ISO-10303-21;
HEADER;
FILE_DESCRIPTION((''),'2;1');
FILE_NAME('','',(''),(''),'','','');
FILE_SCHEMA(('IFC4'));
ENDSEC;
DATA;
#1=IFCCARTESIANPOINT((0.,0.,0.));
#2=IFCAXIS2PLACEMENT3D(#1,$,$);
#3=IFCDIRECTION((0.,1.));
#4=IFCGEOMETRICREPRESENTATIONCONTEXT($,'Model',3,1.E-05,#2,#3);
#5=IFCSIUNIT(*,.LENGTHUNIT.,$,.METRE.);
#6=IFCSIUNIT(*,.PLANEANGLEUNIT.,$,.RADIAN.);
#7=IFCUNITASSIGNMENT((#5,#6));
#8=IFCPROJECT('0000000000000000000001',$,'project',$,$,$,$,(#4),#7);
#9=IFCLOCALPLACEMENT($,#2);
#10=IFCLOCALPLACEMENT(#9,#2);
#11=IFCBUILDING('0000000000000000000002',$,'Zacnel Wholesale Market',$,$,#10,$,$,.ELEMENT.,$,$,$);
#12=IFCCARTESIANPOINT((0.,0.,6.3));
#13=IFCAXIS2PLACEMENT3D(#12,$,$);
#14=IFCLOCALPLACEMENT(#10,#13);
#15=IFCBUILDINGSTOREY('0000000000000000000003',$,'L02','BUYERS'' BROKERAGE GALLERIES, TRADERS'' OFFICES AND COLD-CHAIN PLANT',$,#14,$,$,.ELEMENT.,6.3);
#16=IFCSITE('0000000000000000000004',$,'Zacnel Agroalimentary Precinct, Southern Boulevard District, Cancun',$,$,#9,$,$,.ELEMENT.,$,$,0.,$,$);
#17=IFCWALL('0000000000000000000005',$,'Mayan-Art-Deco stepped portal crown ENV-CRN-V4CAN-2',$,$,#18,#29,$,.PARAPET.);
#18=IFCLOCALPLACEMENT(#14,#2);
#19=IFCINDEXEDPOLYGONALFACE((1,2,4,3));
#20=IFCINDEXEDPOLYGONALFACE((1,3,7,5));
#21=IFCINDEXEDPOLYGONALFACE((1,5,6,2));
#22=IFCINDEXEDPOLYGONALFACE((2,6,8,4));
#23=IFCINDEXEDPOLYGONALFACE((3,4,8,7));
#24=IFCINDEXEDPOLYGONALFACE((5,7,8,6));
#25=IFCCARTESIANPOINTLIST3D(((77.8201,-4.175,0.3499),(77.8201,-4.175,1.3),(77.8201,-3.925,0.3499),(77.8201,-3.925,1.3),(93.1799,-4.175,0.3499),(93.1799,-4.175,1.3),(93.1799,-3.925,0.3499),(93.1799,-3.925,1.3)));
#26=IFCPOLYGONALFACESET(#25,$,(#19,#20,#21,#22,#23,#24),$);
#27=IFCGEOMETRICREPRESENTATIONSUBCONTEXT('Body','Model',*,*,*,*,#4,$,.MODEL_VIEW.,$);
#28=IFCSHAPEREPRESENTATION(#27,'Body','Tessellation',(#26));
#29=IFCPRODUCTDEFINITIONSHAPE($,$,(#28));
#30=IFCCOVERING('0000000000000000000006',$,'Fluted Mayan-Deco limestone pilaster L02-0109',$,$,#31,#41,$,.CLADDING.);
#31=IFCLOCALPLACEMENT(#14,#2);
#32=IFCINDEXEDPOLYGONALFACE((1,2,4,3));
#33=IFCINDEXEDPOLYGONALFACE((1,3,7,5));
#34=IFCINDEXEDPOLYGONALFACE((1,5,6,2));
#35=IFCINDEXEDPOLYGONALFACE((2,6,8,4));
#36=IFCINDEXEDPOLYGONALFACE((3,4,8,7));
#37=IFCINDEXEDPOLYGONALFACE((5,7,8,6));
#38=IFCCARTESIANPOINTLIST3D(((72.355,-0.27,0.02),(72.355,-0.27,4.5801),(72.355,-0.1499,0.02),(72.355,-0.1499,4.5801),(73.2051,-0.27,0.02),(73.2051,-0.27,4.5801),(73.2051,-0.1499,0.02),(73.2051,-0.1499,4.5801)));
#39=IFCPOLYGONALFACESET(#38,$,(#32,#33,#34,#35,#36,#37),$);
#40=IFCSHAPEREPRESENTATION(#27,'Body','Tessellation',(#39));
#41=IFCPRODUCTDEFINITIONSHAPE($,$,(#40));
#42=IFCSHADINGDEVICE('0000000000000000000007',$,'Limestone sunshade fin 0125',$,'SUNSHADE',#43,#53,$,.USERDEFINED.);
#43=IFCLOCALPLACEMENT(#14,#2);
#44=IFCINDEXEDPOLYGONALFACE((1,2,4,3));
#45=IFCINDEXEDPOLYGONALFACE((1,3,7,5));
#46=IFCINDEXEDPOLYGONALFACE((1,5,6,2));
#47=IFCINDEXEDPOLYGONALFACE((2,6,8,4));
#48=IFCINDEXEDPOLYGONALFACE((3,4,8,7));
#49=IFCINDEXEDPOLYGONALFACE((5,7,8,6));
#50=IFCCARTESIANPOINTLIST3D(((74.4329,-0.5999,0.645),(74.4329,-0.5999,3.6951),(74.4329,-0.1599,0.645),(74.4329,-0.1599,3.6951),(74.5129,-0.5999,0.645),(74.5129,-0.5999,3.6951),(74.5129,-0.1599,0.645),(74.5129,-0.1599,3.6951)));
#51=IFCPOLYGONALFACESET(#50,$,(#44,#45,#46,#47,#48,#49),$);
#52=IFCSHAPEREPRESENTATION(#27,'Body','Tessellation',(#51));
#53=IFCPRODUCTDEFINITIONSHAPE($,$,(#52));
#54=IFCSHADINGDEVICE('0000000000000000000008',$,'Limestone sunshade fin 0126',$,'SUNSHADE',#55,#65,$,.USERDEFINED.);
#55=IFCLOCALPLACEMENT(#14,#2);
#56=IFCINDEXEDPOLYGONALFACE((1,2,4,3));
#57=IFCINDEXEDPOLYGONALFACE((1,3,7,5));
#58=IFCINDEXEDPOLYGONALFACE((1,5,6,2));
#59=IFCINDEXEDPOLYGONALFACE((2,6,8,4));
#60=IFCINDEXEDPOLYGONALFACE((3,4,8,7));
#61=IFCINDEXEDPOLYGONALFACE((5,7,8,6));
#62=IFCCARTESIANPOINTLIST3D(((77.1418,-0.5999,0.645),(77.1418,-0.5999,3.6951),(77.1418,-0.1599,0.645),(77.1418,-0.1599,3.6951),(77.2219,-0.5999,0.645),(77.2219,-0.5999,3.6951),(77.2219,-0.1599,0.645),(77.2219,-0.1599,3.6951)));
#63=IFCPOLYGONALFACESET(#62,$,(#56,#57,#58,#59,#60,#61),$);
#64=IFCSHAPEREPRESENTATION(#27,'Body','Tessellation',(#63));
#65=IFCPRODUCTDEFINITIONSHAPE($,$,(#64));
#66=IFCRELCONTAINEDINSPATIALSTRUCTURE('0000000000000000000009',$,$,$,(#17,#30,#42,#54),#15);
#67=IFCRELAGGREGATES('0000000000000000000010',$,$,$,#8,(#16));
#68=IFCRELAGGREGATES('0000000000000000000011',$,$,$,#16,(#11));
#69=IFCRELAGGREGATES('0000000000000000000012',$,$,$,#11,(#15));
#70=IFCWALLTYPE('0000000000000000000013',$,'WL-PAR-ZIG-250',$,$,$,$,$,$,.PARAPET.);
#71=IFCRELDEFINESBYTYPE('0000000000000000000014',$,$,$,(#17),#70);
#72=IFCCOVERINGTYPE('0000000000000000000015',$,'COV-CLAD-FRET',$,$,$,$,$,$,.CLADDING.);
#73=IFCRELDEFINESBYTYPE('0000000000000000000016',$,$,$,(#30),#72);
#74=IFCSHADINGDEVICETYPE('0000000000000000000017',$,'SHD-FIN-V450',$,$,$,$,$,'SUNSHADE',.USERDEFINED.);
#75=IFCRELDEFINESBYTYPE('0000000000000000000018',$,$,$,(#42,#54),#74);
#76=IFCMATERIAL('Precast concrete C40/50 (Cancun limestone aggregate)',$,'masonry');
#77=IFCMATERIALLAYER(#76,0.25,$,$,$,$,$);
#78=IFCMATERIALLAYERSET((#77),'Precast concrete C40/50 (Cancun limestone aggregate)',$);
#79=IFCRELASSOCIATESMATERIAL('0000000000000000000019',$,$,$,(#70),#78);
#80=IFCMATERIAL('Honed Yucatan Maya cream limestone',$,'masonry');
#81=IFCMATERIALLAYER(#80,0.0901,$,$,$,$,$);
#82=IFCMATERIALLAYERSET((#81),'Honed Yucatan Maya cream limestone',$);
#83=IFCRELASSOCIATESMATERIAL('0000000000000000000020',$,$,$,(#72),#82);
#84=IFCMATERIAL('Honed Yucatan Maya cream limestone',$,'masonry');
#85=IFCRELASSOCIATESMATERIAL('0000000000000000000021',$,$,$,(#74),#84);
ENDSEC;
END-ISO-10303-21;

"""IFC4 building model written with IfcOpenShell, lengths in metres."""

from ifc_helpers import new_model, si_unit, direction, frame, frame_2d, origin, origin_2d, place, context, subcontext, project, spatial, rectangle, extrude, material, layer, layer_set, type_object, element, save


model = new_model("IFC4")

# Units and contexts
model_context = context("Model", 3, precision=1e-05, world=origin(), true_north=direction((0.0, 1.0)))
body_context = subcontext(model_context, "Body", "Model", "MODEL_VIEW")
ifc_project = project(units=[si_unit("LENGTHUNIT", "METRE"), si_unit("PLANEANGLEUNIT", "RADIAN")], contexts=[model_context])

# Site, building, storey
site_placement = place(None, origin())
site = spatial("IfcSite", under=ifc_project, at=site_placement, Name="Zacnel Agroalimentary Precinct, Southern Boulevard District, Cancun", CompositionType="ELEMENT", RefElevation=0.0)
building_placement = place(site_placement, origin())
building = spatial("IfcBuilding", under=site, at=building_placement, Name="Zacnel Wholesale Market", CompositionType="ELEMENT")
storey_placement = place(building_placement, frame((0.0, 0.0, 6.3)))
storey = spatial("IfcBuildingStorey", under=building, at=storey_placement, Name="L02", Description="BUYERS' BROKERAGE GALLERIES, TRADERS' OFFICES AND COLD-CHAIN PLANT", CompositionType="ELEMENT", Elevation=6.3)

# Wall
ifc_material_1 = material(Name="Precast concrete C40/50 (Cancun limestone aggregate)", Category="masonry")
ifc_layer_1 = layer(ifc_material_1, 0.25)
ifc_layer_set_1 = layer_set([ifc_layer_1], Name="Precast concrete C40/50 (Cancun limestone aggregate)")
wall_type_1 = type_object("IfcWallType", Name="WL-PAR-ZIG-250", PredefinedType="PARAPET", material=ifc_layer_set_1)
wall_1_placement = place(storey_placement, frame((77.8201, -4.05, 0.3499), z_axis=(0.0, 0.0, 1.0), x_axis=(1.0, 0.0, 0.0)))
element("IfcWall", 1, at=wall_1_placement, inside=storey, type_object=wall_type_1, Name="Mayan-Art-Deco stepped portal crown ENV-CRN-V4CAN-2", PredefinedType="PARAPET", context=body_context, shape_type="SweptSolid", body=[
    extrude(rectangle(XDim=15.3599, YDim=0.25, at=frame_2d((7.6799, 0.0))), origin(), (0.0, 0.0, 1.0), 0.9502),
])

# Covering
ifc_material_2 = material(Name="Honed Yucatan Maya cream limestone", Category="masonry")
ifc_layer_2 = layer(ifc_material_2, 0.0901)
ifc_layer_set_2 = layer_set([ifc_layer_2], Name="Honed Yucatan Maya cream limestone")
covering_type = type_object("IfcCoveringType", Name="COV-CLAD-FRET", PredefinedType="CLADDING", material=ifc_layer_set_2)
covering_placement = place(storey_placement, frame((72.78, -0.21, 0.02), z_axis=(0.0, 0.0, 1.0), x_axis=(1.0, 0.0, 0.0)))
element("IfcCovering", 2, at=covering_placement, inside=storey, type_object=covering_type, Name="Fluted Mayan-Deco limestone pilaster L02-0109", PredefinedType="CLADDING", context=body_context, shape_type="SweptSolid", body=[
    extrude(rectangle(XDim=0.8501, YDim=0.1201, at=origin_2d()), origin(), (0.0, 0.0, 1.0), 4.5601),
])

# Shading devices
ifc_material_3 = material(Name="Honed Yucatan Maya cream limestone", Category="masonry")
shading_device_type = type_object("IfcShadingDeviceType", Name="SHD-FIN-V450", ElementType="SUNSHADE", PredefinedType="USERDEFINED", material=ifc_material_3)
for number, where, z_axis, x_axis, name in (
    (3, (74.4729, -0.3799, 0.645), (0.0, 0.0, 1.0), (1.0, 0.0, 0.0), "Limestone sunshade fin 0125"),
    (4, (77.1819, -0.3799, 0.645), (0.0, 0.0, 1.0), (1.0, 0.0, 0.0), "Limestone sunshade fin 0126"),
):
    element("IfcShadingDevice", number, at=place(storey_placement, frame(where, z_axis=z_axis, x_axis=x_axis)), inside=storey, type_object=shading_device_type, Name=name, ObjectType="SUNSHADE", PredefinedType="USERDEFINED", context=body_context, shape_type="SweptSolid", body=[
        extrude(rectangle(XDim=0.0801, YDim=0.4399, at=origin_2d()), origin(), (0.0, 0.0, 1.0), 3.05),
    ])

save(model, "model.ifc")
